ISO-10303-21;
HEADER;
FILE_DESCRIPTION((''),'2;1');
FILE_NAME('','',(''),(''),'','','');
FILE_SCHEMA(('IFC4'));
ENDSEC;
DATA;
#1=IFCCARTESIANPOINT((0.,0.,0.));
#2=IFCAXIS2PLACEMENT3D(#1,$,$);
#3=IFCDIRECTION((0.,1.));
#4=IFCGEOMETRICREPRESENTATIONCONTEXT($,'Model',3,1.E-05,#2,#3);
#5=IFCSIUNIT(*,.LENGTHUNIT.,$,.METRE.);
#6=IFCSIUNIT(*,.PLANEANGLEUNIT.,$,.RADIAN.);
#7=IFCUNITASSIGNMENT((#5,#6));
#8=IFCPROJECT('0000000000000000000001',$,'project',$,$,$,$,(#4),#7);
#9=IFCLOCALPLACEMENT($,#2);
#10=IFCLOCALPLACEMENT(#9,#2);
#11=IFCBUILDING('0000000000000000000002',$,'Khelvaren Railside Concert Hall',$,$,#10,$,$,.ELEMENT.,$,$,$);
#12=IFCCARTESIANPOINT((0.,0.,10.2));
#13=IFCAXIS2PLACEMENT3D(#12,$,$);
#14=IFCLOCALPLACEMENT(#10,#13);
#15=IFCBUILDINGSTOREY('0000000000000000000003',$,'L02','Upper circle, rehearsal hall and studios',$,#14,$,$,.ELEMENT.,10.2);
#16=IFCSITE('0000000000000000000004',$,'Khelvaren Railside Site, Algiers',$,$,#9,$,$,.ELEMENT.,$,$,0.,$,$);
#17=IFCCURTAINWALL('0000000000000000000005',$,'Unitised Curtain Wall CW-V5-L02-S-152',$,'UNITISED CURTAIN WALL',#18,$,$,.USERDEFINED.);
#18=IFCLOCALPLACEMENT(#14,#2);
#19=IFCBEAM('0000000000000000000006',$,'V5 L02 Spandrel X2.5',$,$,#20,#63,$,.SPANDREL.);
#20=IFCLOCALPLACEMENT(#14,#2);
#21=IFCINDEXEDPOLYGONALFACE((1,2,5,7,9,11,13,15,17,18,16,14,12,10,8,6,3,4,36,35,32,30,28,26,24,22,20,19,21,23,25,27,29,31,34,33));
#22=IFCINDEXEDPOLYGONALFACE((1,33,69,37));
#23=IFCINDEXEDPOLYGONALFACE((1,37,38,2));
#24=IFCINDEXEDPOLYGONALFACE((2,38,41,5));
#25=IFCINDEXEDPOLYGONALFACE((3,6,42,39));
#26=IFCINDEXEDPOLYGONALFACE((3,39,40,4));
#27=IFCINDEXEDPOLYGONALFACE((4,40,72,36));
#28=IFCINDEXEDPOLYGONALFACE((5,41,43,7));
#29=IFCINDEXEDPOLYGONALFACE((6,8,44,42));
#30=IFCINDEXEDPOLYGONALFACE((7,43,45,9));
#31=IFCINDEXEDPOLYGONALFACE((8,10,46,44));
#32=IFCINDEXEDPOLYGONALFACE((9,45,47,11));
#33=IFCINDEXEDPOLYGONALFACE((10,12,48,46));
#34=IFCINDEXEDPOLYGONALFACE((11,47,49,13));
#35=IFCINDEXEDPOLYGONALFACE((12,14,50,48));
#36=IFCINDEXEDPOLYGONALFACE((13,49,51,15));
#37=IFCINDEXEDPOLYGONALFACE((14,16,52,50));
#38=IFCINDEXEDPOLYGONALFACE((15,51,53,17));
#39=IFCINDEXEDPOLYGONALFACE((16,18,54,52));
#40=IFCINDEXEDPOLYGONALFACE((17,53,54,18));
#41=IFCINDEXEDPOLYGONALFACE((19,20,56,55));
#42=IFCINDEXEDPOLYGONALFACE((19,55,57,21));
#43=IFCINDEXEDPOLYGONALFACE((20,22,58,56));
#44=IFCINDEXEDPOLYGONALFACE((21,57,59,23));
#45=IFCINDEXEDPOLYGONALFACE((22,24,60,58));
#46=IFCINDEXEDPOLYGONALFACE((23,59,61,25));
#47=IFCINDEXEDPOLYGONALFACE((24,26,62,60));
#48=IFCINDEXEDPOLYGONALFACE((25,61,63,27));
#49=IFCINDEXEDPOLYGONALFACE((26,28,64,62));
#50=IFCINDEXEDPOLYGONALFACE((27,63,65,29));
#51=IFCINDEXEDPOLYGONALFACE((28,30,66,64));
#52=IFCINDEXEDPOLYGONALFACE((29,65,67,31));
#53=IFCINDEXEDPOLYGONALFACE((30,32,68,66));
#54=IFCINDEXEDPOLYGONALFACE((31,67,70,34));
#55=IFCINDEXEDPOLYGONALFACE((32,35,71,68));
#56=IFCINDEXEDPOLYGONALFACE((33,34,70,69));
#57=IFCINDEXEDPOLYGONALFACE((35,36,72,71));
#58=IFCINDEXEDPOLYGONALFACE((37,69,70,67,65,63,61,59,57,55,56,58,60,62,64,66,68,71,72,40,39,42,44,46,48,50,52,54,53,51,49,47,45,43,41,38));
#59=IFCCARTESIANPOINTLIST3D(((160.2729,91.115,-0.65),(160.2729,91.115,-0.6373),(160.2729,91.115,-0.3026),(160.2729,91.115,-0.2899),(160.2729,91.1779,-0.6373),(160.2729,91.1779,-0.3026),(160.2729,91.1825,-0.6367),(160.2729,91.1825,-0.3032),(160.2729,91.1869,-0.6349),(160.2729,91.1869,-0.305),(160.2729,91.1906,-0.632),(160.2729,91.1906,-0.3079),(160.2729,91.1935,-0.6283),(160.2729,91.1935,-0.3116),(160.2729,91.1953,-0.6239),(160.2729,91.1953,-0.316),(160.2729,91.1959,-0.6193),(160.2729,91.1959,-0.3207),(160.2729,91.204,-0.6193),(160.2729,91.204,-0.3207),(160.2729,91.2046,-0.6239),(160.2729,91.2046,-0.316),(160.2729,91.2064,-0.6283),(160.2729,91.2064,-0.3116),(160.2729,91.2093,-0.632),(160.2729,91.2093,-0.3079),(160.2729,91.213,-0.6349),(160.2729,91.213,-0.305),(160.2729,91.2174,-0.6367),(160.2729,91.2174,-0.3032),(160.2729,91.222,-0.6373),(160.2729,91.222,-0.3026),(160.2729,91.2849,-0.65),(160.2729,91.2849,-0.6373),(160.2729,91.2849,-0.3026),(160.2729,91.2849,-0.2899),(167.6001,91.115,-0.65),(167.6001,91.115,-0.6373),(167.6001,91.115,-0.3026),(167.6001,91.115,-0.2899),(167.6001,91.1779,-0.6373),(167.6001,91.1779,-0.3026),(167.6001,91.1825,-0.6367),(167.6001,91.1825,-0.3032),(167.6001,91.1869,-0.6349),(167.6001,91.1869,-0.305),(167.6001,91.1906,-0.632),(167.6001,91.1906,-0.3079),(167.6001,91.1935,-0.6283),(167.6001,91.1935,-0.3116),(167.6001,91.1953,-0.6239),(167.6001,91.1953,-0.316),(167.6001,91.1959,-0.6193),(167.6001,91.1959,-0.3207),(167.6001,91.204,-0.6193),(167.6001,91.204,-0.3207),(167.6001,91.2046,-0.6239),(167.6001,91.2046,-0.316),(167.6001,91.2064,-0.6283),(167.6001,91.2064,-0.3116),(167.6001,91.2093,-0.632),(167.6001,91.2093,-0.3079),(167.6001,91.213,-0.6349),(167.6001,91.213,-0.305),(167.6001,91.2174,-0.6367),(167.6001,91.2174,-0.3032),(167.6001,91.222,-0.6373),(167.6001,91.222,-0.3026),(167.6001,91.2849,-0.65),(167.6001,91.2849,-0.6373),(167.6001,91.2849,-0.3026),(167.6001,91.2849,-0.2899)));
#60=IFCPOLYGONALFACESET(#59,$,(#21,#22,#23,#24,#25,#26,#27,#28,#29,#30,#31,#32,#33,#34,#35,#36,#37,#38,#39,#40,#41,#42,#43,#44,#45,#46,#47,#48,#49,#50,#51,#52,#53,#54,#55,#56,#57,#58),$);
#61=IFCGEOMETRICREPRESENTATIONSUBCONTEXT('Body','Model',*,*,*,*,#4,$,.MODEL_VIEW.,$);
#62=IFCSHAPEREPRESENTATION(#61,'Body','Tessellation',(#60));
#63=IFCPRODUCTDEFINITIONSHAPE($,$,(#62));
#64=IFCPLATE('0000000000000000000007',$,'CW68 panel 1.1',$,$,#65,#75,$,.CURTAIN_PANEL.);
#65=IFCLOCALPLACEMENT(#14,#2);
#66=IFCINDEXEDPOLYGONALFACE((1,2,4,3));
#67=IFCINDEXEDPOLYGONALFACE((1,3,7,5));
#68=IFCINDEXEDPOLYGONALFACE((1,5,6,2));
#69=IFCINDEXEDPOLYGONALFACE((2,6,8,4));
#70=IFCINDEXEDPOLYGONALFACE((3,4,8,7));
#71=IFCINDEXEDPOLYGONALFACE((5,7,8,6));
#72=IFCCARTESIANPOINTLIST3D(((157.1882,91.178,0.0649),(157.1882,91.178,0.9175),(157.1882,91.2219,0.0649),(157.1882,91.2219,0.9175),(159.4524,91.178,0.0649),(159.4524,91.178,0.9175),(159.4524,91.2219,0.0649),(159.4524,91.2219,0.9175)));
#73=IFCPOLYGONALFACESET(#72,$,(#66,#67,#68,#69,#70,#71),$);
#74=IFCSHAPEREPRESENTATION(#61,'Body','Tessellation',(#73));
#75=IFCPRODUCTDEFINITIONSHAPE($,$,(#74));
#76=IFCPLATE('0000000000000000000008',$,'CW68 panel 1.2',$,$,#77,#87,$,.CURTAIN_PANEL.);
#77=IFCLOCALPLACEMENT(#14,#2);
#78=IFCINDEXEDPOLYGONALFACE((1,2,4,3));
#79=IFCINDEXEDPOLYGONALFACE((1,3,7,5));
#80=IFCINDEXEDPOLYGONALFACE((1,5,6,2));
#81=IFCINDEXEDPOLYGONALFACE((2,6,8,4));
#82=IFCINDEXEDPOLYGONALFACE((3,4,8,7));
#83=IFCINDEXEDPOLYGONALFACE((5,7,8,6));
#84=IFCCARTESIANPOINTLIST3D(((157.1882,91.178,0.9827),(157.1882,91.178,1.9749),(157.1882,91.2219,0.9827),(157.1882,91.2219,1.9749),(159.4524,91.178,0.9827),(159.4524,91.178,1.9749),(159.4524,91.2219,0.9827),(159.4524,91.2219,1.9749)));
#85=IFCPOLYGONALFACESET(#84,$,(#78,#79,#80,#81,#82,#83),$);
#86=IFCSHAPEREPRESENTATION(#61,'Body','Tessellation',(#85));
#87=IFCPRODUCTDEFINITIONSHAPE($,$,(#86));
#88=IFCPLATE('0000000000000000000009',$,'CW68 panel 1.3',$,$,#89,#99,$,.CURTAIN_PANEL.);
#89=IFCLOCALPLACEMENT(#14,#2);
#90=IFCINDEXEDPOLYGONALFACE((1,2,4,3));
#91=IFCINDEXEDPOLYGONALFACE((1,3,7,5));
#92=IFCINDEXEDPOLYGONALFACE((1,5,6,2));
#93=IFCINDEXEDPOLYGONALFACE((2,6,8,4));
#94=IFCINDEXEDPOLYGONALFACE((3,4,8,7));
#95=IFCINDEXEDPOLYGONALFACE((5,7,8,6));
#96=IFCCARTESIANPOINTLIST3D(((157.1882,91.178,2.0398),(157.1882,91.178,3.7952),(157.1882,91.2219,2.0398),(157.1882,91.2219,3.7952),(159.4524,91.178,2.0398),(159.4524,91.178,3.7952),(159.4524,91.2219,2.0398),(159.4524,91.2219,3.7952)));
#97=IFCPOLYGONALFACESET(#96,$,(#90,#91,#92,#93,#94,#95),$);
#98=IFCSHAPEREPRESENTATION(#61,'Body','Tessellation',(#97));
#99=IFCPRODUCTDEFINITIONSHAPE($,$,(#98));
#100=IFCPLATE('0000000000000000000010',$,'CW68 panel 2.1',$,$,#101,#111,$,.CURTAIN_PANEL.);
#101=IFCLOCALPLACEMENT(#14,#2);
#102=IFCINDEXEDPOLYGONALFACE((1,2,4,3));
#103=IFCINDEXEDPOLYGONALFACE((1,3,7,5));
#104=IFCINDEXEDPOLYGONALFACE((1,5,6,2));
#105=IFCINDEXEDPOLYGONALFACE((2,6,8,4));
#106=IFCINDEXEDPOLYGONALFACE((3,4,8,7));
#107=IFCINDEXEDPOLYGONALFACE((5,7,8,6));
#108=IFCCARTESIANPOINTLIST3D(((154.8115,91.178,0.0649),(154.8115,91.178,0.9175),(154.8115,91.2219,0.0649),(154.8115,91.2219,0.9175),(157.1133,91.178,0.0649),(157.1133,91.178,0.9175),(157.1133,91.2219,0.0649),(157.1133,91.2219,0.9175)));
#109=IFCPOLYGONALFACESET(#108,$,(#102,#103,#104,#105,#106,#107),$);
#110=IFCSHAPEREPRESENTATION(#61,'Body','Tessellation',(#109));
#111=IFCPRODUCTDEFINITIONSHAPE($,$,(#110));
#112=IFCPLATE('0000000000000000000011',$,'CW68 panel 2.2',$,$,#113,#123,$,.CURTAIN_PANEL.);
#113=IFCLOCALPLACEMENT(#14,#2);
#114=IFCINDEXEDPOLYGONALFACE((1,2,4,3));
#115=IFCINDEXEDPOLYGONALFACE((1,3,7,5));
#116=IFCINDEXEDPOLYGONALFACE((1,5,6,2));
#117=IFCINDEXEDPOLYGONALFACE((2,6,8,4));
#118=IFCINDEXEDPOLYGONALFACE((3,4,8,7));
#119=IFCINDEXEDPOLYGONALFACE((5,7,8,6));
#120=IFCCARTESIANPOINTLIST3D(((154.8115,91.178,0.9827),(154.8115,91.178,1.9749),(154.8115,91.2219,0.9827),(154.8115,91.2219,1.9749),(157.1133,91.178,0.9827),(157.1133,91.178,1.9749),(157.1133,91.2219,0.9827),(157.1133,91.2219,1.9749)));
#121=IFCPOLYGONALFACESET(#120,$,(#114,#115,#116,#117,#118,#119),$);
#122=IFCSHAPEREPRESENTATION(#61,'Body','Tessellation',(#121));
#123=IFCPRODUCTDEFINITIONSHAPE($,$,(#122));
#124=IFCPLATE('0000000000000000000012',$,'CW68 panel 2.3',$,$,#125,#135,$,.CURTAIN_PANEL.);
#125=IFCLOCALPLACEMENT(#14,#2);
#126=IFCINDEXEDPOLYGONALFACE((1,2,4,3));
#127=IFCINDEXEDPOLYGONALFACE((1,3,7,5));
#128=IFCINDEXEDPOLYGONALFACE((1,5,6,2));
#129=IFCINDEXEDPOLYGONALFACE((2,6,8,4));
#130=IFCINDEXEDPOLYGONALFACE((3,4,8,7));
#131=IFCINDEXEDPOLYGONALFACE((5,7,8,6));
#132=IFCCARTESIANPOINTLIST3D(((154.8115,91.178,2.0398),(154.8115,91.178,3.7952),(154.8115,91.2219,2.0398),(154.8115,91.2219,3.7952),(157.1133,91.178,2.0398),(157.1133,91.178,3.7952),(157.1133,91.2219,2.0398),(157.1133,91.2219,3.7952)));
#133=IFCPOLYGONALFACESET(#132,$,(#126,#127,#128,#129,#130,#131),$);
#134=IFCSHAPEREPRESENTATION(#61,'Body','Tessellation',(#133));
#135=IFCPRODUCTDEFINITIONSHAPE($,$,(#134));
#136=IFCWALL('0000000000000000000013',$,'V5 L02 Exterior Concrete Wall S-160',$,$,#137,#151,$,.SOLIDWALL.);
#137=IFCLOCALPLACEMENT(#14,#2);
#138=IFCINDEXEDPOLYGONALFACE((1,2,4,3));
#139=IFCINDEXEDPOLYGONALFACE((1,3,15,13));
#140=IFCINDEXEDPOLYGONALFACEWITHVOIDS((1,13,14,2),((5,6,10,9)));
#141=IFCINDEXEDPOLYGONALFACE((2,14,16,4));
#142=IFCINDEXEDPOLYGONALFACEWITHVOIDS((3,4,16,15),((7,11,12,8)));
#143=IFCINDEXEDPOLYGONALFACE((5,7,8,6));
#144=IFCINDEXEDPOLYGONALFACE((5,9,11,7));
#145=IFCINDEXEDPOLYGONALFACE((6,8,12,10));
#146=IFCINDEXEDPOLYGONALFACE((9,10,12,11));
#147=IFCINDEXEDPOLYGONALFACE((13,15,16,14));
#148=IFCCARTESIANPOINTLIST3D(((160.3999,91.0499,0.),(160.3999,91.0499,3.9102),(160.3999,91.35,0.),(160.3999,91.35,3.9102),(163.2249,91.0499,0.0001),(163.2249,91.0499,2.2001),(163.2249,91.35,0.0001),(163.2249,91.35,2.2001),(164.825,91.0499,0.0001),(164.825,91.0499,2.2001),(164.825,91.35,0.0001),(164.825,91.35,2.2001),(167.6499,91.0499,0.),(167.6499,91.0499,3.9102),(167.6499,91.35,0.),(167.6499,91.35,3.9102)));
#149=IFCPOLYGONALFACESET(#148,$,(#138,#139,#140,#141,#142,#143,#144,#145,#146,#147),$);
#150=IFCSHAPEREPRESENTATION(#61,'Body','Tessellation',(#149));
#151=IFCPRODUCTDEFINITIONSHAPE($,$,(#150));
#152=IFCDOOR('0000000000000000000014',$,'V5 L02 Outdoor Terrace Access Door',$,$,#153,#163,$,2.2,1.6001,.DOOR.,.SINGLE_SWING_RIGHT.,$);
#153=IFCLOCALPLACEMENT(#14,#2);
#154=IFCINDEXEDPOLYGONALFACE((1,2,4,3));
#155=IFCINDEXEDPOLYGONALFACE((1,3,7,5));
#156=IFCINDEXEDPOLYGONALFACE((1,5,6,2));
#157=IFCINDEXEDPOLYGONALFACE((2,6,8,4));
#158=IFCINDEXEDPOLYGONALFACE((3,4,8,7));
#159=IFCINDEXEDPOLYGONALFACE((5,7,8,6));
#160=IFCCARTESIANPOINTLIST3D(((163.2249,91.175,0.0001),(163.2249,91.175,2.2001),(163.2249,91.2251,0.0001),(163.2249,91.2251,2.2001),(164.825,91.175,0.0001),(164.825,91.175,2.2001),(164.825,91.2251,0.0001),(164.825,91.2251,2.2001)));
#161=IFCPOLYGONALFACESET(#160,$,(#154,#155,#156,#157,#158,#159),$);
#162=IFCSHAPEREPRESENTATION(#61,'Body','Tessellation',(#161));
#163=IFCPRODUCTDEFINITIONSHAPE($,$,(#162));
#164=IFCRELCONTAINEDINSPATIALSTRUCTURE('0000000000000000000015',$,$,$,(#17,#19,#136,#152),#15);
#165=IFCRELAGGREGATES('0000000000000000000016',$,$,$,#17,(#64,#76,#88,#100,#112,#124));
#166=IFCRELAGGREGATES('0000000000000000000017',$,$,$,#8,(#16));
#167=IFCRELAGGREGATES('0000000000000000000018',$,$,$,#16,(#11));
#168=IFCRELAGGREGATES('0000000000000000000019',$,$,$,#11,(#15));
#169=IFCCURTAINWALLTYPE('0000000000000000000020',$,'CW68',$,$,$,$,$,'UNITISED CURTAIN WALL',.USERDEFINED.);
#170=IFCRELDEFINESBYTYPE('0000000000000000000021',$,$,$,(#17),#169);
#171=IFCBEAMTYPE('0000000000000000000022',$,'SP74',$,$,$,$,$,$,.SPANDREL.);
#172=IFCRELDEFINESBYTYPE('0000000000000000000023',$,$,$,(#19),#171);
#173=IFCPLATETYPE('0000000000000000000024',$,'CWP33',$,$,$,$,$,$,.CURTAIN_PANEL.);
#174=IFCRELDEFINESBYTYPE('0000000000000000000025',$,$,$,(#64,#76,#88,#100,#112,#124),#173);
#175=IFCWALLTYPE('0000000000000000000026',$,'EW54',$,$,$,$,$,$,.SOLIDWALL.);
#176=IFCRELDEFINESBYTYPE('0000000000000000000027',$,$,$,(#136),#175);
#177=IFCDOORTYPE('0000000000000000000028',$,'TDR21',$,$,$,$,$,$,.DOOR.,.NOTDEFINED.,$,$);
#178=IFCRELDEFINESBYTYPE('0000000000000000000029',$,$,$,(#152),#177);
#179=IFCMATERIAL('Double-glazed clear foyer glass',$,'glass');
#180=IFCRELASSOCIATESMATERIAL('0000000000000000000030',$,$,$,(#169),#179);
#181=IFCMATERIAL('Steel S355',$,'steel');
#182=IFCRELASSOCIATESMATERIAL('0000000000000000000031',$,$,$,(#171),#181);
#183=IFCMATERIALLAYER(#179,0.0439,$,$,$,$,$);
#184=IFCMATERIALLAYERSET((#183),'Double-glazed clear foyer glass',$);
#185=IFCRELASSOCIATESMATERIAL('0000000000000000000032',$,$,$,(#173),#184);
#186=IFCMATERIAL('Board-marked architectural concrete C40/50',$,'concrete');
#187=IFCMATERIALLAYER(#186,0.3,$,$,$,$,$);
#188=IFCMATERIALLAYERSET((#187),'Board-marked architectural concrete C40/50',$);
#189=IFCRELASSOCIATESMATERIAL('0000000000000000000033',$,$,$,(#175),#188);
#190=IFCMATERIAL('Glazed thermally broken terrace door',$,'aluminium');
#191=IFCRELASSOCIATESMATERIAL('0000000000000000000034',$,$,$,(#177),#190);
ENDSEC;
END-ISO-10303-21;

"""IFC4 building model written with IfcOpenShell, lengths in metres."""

from ifc_helpers import new_model, si_unit, direction, frame, frame_2d, origin, origin_2d, place, context, subcontext, project, spatial, rectangle, i_section, extrude, material, layer, layer_set, material_profile, profile_set, type_object, element, fill, aggregate, save


model = new_model("IFC4")

# Units and contexts
model_context = context("Model", 3, precision=1e-05, world=origin(), true_north=direction((0.0, 1.0)))
body_context = subcontext(model_context, "Body", "Model", "MODEL_VIEW")
ifc_project = project(units=[si_unit("LENGTHUNIT", "METRE"), si_unit("PLANEANGLEUNIT", "RADIAN")], contexts=[model_context])

# Site, building, storey
site_placement = place(None, origin())
site = spatial("IfcSite", under=ifc_project, at=site_placement, Name="Khelvaren Railside Site, Algiers", CompositionType="ELEMENT", RefElevation=0.0)
building_placement = place(site_placement, origin())
building = spatial("IfcBuilding", under=site, at=building_placement, Name="Khelvaren Railside Concert Hall", CompositionType="ELEMENT")
storey_placement = place(building_placement, frame((0.0, 0.0, 10.2)))
storey = spatial("IfcBuildingStorey", under=building, at=storey_placement, Name="L02", Description="Upper circle, rehearsal hall and studios", CompositionType="ELEMENT", Elevation=10.2)

# Curtain wall
ifc_material_1 = material(Name="Double-glazed clear foyer glass", Category="glass")
curtain_wall_type = type_object("IfcCurtainWallType", Name="CW68", ElementType="UNITISED CURTAIN WALL", PredefinedType="USERDEFINED", material=ifc_material_1)
curtain_wall_placement = place(storey_placement, origin())
curtain_wall = element("IfcCurtainWall", 1, at=curtain_wall_placement, inside=storey, type_object=curtain_wall_type, Name="Unitised Curtain Wall CW-V5-L02-S-152", ObjectType="UNITISED CURTAIN WALL", PredefinedType="USERDEFINED")

# Beam
ifc_material_2 = material(Name="Steel S355", Category="steel")
ifc_material_profile_1 = material_profile(ifc_material_2, i_section(OverallWidth=0.1699, OverallDepth=0.3601, WebThickness=0.0081, FlangeThickness=0.0127, FilletRadius=0.0181, at=origin_2d()), Name="IPE 360")
ifc_profile_set_1 = profile_set([ifc_material_profile_1], Name="Steel S355")
beam_type_1 = type_object("IfcBeamType", Name="SP74", PredefinedType="SPANDREL", material=ifc_profile_set_1)
beam_1_placement = place(storey_placement, frame((160.2729, 91.2, -0.47), z_axis=(1.0, 0.0, 0.0), x_axis=(0.0, 1.0, 0.0)))
element("IfcBeam", 2, at=beam_1_placement, inside=storey, type_object=beam_type_1, Name="V5 L02 Spandrel X2.5", PredefinedType="SPANDREL", context=body_context, shape_type="SweptSolid", body=[
    extrude(i_section(OverallWidth=0.1699, OverallDepth=0.3601, WebThickness=0.0081, FlangeThickness=0.0127, FilletRadius=0.0181, at=origin_2d()), origin(), (0.0, 0.0, 1.0), 7.3271),
])

# Plates
ifc_layer_1 = layer(ifc_material_1, 0.0439)
ifc_layer_set_1 = layer_set([ifc_layer_1], Name="Double-glazed clear foyer glass")
plate_type = type_object("IfcPlateType", Name="CWP33", PredefinedType="CURTAIN_PANEL", material=ifc_layer_set_1)
plate_1_placement = place(storey_placement, frame((158.3203, 91.2, 0.0649), z_axis=(0.0, 0.0, 1.0), x_axis=(-1.0, 0.0, 0.0)))
plate_1 = element("IfcPlate", 3, at=plate_1_placement, type_object=plate_type, Name="CW68 panel 1.1", PredefinedType="CURTAIN_PANEL", context=body_context, shape_type="SweptSolid", body=[
    extrude(rectangle(XDim=2.2642, YDim=0.0439, at=origin_2d()), origin(), (0.0, 0.0, 1.0), 0.8525),
])
plate_2_placement = place(storey_placement, frame((158.3203, 91.2, 0.9827), z_axis=(0.0, 0.0, 1.0), x_axis=(-1.0, 0.0, 0.0)))
plate_2 = element("IfcPlate", 4, at=plate_2_placement, type_object=plate_type, Name="CW68 panel 1.2", PredefinedType="CURTAIN_PANEL", context=body_context, shape_type="SweptSolid", body=[
    extrude(rectangle(XDim=2.2642, YDim=0.0439, at=origin_2d()), origin(), (0.0, 0.0, 1.0), 0.9922),
])
plate_3_placement = place(storey_placement, frame((158.3203, 91.2, 2.0398), z_axis=(0.0, 0.0, 1.0), x_axis=(-1.0, 0.0, 0.0)))
plate_3 = element("IfcPlate", 5, at=plate_3_placement, type_object=plate_type, Name="CW68 panel 1.3", PredefinedType="CURTAIN_PANEL", context=body_context, shape_type="SweptSolid", body=[
    extrude(rectangle(XDim=2.2642, YDim=0.0439, at=origin_2d()), origin(), (0.0, 0.0, 1.0), 1.7554),
])
plate_4_placement = place(storey_placement, frame((155.9624, 91.2, 0.0649), z_axis=(0.0, 0.0, 1.0), x_axis=(-1.0, 0.0, 0.0)))
plate_4 = element("IfcPlate", 6, at=plate_4_placement, type_object=plate_type, Name="CW68 panel 2.1", PredefinedType="CURTAIN_PANEL", context=body_context, shape_type="SweptSolid", body=[
    extrude(rectangle(XDim=2.3018, YDim=0.0439, at=origin_2d()), origin(), (0.0, 0.0, 1.0), 0.8525),
])
plate_5_placement = place(storey_placement, frame((155.9624, 91.2, 0.9827), z_axis=(0.0, 0.0, 1.0), x_axis=(-1.0, 0.0, 0.0)))
plate_5 = element("IfcPlate", 7, at=plate_5_placement, type_object=plate_type, Name="CW68 panel 2.2", PredefinedType="CURTAIN_PANEL", context=body_context, shape_type="SweptSolid", body=[
    extrude(rectangle(XDim=2.3018, YDim=0.0439, at=origin_2d()), origin(), (0.0, 0.0, 1.0), 0.9922),
])
plate_6_placement = place(storey_placement, frame((155.9624, 91.2, 2.0398), z_axis=(0.0, 0.0, 1.0), x_axis=(-1.0, 0.0, 0.0)))
plate_6 = element("IfcPlate", 8, at=plate_6_placement, type_object=plate_type, Name="CW68 panel 2.3", PredefinedType="CURTAIN_PANEL", context=body_context, shape_type="SweptSolid", body=[
    extrude(rectangle(XDim=2.3018, YDim=0.0439, at=origin_2d()), origin(), (0.0, 0.0, 1.0), 1.7554),
])
aggregate(curtain_wall, [plate_1, plate_2, plate_3, plate_4, plate_5, plate_6])

# Wall, opening, door
ifc_material_3 = material(Name="Board-marked architectural concrete C40/50", Category="concrete")
ifc_layer_2 = layer(ifc_material_3, 0.3)
ifc_layer_set_2 = layer_set([ifc_layer_2], Name="Board-marked architectural concrete C40/50")
wall_type = type_object("IfcWallType", Name="EW54", PredefinedType="SOLIDWALL", material=ifc_layer_set_2)
wall_placement = place(storey_placement, frame((167.6499, 91.2, 0.0), z_axis=(0.0, 0.0, 1.0), x_axis=(-1.0, 0.0, 0.0)))
wall = element("IfcWall", 9, at=wall_placement, inside=storey, type_object=wall_type, Name="V5 L02 Exterior Concrete Wall S-160", PredefinedType="SOLIDWALL", context=body_context, shape_type="SweptSolid", body=[
    extrude(rectangle(XDim=7.25, YDim=0.3, at=frame_2d((3.625, 0.0))), origin(), (0.0, 0.0, 1.0), 3.9102),
])
opening_placement = place(wall_placement, frame((2.825, 0.0, 0.0)))
opening = element("IfcOpeningElement", 10, at=opening_placement, cuts=wall, PredefinedType="OPENING", context=body_context, shape_type="SweptSolid", body=[
    extrude(rectangle(XDim=1.6001, YDim=2.2, at=frame_2d((0.8, 1.1001))), frame((0.0, 0.1599, 0.0), z_axis=(0.0, -1.0, 0.0), x_axis=(1.0, 0.0, 0.0)), (0.0, 0.0, 1.0), 0.3201),
])
ifc_material_4 = material(Name="Glazed thermally broken terrace door", Category="aluminium")
door_type = type_object("IfcDoorType", Name="TDR21", OperationType="NOTDEFINED", PredefinedType="DOOR", material=ifc_material_4)
door_placement = place(opening_placement, origin())
door = element("IfcDoor", 11, at=door_placement, inside=storey, type_object=door_type, Name="V5 L02 Outdoor Terrace Access Door", OperationType="SINGLE_SWING_RIGHT", OverallHeight=2.2, OverallWidth=1.6001, PredefinedType="DOOR", context=body_context, shape_type="SweptSolid", body=[
    extrude(rectangle(XDim=1.6001, YDim=2.2, at=frame_2d((0.8, 1.1001))), frame((0.0, 0.0249, 0.0), z_axis=(0.0, -1.0, 0.0), x_axis=(1.0, 0.0, 0.0)), (0.0, 0.0, 1.0), 0.05),
])
fill(opening, door)

save(model, "model.ifc")
